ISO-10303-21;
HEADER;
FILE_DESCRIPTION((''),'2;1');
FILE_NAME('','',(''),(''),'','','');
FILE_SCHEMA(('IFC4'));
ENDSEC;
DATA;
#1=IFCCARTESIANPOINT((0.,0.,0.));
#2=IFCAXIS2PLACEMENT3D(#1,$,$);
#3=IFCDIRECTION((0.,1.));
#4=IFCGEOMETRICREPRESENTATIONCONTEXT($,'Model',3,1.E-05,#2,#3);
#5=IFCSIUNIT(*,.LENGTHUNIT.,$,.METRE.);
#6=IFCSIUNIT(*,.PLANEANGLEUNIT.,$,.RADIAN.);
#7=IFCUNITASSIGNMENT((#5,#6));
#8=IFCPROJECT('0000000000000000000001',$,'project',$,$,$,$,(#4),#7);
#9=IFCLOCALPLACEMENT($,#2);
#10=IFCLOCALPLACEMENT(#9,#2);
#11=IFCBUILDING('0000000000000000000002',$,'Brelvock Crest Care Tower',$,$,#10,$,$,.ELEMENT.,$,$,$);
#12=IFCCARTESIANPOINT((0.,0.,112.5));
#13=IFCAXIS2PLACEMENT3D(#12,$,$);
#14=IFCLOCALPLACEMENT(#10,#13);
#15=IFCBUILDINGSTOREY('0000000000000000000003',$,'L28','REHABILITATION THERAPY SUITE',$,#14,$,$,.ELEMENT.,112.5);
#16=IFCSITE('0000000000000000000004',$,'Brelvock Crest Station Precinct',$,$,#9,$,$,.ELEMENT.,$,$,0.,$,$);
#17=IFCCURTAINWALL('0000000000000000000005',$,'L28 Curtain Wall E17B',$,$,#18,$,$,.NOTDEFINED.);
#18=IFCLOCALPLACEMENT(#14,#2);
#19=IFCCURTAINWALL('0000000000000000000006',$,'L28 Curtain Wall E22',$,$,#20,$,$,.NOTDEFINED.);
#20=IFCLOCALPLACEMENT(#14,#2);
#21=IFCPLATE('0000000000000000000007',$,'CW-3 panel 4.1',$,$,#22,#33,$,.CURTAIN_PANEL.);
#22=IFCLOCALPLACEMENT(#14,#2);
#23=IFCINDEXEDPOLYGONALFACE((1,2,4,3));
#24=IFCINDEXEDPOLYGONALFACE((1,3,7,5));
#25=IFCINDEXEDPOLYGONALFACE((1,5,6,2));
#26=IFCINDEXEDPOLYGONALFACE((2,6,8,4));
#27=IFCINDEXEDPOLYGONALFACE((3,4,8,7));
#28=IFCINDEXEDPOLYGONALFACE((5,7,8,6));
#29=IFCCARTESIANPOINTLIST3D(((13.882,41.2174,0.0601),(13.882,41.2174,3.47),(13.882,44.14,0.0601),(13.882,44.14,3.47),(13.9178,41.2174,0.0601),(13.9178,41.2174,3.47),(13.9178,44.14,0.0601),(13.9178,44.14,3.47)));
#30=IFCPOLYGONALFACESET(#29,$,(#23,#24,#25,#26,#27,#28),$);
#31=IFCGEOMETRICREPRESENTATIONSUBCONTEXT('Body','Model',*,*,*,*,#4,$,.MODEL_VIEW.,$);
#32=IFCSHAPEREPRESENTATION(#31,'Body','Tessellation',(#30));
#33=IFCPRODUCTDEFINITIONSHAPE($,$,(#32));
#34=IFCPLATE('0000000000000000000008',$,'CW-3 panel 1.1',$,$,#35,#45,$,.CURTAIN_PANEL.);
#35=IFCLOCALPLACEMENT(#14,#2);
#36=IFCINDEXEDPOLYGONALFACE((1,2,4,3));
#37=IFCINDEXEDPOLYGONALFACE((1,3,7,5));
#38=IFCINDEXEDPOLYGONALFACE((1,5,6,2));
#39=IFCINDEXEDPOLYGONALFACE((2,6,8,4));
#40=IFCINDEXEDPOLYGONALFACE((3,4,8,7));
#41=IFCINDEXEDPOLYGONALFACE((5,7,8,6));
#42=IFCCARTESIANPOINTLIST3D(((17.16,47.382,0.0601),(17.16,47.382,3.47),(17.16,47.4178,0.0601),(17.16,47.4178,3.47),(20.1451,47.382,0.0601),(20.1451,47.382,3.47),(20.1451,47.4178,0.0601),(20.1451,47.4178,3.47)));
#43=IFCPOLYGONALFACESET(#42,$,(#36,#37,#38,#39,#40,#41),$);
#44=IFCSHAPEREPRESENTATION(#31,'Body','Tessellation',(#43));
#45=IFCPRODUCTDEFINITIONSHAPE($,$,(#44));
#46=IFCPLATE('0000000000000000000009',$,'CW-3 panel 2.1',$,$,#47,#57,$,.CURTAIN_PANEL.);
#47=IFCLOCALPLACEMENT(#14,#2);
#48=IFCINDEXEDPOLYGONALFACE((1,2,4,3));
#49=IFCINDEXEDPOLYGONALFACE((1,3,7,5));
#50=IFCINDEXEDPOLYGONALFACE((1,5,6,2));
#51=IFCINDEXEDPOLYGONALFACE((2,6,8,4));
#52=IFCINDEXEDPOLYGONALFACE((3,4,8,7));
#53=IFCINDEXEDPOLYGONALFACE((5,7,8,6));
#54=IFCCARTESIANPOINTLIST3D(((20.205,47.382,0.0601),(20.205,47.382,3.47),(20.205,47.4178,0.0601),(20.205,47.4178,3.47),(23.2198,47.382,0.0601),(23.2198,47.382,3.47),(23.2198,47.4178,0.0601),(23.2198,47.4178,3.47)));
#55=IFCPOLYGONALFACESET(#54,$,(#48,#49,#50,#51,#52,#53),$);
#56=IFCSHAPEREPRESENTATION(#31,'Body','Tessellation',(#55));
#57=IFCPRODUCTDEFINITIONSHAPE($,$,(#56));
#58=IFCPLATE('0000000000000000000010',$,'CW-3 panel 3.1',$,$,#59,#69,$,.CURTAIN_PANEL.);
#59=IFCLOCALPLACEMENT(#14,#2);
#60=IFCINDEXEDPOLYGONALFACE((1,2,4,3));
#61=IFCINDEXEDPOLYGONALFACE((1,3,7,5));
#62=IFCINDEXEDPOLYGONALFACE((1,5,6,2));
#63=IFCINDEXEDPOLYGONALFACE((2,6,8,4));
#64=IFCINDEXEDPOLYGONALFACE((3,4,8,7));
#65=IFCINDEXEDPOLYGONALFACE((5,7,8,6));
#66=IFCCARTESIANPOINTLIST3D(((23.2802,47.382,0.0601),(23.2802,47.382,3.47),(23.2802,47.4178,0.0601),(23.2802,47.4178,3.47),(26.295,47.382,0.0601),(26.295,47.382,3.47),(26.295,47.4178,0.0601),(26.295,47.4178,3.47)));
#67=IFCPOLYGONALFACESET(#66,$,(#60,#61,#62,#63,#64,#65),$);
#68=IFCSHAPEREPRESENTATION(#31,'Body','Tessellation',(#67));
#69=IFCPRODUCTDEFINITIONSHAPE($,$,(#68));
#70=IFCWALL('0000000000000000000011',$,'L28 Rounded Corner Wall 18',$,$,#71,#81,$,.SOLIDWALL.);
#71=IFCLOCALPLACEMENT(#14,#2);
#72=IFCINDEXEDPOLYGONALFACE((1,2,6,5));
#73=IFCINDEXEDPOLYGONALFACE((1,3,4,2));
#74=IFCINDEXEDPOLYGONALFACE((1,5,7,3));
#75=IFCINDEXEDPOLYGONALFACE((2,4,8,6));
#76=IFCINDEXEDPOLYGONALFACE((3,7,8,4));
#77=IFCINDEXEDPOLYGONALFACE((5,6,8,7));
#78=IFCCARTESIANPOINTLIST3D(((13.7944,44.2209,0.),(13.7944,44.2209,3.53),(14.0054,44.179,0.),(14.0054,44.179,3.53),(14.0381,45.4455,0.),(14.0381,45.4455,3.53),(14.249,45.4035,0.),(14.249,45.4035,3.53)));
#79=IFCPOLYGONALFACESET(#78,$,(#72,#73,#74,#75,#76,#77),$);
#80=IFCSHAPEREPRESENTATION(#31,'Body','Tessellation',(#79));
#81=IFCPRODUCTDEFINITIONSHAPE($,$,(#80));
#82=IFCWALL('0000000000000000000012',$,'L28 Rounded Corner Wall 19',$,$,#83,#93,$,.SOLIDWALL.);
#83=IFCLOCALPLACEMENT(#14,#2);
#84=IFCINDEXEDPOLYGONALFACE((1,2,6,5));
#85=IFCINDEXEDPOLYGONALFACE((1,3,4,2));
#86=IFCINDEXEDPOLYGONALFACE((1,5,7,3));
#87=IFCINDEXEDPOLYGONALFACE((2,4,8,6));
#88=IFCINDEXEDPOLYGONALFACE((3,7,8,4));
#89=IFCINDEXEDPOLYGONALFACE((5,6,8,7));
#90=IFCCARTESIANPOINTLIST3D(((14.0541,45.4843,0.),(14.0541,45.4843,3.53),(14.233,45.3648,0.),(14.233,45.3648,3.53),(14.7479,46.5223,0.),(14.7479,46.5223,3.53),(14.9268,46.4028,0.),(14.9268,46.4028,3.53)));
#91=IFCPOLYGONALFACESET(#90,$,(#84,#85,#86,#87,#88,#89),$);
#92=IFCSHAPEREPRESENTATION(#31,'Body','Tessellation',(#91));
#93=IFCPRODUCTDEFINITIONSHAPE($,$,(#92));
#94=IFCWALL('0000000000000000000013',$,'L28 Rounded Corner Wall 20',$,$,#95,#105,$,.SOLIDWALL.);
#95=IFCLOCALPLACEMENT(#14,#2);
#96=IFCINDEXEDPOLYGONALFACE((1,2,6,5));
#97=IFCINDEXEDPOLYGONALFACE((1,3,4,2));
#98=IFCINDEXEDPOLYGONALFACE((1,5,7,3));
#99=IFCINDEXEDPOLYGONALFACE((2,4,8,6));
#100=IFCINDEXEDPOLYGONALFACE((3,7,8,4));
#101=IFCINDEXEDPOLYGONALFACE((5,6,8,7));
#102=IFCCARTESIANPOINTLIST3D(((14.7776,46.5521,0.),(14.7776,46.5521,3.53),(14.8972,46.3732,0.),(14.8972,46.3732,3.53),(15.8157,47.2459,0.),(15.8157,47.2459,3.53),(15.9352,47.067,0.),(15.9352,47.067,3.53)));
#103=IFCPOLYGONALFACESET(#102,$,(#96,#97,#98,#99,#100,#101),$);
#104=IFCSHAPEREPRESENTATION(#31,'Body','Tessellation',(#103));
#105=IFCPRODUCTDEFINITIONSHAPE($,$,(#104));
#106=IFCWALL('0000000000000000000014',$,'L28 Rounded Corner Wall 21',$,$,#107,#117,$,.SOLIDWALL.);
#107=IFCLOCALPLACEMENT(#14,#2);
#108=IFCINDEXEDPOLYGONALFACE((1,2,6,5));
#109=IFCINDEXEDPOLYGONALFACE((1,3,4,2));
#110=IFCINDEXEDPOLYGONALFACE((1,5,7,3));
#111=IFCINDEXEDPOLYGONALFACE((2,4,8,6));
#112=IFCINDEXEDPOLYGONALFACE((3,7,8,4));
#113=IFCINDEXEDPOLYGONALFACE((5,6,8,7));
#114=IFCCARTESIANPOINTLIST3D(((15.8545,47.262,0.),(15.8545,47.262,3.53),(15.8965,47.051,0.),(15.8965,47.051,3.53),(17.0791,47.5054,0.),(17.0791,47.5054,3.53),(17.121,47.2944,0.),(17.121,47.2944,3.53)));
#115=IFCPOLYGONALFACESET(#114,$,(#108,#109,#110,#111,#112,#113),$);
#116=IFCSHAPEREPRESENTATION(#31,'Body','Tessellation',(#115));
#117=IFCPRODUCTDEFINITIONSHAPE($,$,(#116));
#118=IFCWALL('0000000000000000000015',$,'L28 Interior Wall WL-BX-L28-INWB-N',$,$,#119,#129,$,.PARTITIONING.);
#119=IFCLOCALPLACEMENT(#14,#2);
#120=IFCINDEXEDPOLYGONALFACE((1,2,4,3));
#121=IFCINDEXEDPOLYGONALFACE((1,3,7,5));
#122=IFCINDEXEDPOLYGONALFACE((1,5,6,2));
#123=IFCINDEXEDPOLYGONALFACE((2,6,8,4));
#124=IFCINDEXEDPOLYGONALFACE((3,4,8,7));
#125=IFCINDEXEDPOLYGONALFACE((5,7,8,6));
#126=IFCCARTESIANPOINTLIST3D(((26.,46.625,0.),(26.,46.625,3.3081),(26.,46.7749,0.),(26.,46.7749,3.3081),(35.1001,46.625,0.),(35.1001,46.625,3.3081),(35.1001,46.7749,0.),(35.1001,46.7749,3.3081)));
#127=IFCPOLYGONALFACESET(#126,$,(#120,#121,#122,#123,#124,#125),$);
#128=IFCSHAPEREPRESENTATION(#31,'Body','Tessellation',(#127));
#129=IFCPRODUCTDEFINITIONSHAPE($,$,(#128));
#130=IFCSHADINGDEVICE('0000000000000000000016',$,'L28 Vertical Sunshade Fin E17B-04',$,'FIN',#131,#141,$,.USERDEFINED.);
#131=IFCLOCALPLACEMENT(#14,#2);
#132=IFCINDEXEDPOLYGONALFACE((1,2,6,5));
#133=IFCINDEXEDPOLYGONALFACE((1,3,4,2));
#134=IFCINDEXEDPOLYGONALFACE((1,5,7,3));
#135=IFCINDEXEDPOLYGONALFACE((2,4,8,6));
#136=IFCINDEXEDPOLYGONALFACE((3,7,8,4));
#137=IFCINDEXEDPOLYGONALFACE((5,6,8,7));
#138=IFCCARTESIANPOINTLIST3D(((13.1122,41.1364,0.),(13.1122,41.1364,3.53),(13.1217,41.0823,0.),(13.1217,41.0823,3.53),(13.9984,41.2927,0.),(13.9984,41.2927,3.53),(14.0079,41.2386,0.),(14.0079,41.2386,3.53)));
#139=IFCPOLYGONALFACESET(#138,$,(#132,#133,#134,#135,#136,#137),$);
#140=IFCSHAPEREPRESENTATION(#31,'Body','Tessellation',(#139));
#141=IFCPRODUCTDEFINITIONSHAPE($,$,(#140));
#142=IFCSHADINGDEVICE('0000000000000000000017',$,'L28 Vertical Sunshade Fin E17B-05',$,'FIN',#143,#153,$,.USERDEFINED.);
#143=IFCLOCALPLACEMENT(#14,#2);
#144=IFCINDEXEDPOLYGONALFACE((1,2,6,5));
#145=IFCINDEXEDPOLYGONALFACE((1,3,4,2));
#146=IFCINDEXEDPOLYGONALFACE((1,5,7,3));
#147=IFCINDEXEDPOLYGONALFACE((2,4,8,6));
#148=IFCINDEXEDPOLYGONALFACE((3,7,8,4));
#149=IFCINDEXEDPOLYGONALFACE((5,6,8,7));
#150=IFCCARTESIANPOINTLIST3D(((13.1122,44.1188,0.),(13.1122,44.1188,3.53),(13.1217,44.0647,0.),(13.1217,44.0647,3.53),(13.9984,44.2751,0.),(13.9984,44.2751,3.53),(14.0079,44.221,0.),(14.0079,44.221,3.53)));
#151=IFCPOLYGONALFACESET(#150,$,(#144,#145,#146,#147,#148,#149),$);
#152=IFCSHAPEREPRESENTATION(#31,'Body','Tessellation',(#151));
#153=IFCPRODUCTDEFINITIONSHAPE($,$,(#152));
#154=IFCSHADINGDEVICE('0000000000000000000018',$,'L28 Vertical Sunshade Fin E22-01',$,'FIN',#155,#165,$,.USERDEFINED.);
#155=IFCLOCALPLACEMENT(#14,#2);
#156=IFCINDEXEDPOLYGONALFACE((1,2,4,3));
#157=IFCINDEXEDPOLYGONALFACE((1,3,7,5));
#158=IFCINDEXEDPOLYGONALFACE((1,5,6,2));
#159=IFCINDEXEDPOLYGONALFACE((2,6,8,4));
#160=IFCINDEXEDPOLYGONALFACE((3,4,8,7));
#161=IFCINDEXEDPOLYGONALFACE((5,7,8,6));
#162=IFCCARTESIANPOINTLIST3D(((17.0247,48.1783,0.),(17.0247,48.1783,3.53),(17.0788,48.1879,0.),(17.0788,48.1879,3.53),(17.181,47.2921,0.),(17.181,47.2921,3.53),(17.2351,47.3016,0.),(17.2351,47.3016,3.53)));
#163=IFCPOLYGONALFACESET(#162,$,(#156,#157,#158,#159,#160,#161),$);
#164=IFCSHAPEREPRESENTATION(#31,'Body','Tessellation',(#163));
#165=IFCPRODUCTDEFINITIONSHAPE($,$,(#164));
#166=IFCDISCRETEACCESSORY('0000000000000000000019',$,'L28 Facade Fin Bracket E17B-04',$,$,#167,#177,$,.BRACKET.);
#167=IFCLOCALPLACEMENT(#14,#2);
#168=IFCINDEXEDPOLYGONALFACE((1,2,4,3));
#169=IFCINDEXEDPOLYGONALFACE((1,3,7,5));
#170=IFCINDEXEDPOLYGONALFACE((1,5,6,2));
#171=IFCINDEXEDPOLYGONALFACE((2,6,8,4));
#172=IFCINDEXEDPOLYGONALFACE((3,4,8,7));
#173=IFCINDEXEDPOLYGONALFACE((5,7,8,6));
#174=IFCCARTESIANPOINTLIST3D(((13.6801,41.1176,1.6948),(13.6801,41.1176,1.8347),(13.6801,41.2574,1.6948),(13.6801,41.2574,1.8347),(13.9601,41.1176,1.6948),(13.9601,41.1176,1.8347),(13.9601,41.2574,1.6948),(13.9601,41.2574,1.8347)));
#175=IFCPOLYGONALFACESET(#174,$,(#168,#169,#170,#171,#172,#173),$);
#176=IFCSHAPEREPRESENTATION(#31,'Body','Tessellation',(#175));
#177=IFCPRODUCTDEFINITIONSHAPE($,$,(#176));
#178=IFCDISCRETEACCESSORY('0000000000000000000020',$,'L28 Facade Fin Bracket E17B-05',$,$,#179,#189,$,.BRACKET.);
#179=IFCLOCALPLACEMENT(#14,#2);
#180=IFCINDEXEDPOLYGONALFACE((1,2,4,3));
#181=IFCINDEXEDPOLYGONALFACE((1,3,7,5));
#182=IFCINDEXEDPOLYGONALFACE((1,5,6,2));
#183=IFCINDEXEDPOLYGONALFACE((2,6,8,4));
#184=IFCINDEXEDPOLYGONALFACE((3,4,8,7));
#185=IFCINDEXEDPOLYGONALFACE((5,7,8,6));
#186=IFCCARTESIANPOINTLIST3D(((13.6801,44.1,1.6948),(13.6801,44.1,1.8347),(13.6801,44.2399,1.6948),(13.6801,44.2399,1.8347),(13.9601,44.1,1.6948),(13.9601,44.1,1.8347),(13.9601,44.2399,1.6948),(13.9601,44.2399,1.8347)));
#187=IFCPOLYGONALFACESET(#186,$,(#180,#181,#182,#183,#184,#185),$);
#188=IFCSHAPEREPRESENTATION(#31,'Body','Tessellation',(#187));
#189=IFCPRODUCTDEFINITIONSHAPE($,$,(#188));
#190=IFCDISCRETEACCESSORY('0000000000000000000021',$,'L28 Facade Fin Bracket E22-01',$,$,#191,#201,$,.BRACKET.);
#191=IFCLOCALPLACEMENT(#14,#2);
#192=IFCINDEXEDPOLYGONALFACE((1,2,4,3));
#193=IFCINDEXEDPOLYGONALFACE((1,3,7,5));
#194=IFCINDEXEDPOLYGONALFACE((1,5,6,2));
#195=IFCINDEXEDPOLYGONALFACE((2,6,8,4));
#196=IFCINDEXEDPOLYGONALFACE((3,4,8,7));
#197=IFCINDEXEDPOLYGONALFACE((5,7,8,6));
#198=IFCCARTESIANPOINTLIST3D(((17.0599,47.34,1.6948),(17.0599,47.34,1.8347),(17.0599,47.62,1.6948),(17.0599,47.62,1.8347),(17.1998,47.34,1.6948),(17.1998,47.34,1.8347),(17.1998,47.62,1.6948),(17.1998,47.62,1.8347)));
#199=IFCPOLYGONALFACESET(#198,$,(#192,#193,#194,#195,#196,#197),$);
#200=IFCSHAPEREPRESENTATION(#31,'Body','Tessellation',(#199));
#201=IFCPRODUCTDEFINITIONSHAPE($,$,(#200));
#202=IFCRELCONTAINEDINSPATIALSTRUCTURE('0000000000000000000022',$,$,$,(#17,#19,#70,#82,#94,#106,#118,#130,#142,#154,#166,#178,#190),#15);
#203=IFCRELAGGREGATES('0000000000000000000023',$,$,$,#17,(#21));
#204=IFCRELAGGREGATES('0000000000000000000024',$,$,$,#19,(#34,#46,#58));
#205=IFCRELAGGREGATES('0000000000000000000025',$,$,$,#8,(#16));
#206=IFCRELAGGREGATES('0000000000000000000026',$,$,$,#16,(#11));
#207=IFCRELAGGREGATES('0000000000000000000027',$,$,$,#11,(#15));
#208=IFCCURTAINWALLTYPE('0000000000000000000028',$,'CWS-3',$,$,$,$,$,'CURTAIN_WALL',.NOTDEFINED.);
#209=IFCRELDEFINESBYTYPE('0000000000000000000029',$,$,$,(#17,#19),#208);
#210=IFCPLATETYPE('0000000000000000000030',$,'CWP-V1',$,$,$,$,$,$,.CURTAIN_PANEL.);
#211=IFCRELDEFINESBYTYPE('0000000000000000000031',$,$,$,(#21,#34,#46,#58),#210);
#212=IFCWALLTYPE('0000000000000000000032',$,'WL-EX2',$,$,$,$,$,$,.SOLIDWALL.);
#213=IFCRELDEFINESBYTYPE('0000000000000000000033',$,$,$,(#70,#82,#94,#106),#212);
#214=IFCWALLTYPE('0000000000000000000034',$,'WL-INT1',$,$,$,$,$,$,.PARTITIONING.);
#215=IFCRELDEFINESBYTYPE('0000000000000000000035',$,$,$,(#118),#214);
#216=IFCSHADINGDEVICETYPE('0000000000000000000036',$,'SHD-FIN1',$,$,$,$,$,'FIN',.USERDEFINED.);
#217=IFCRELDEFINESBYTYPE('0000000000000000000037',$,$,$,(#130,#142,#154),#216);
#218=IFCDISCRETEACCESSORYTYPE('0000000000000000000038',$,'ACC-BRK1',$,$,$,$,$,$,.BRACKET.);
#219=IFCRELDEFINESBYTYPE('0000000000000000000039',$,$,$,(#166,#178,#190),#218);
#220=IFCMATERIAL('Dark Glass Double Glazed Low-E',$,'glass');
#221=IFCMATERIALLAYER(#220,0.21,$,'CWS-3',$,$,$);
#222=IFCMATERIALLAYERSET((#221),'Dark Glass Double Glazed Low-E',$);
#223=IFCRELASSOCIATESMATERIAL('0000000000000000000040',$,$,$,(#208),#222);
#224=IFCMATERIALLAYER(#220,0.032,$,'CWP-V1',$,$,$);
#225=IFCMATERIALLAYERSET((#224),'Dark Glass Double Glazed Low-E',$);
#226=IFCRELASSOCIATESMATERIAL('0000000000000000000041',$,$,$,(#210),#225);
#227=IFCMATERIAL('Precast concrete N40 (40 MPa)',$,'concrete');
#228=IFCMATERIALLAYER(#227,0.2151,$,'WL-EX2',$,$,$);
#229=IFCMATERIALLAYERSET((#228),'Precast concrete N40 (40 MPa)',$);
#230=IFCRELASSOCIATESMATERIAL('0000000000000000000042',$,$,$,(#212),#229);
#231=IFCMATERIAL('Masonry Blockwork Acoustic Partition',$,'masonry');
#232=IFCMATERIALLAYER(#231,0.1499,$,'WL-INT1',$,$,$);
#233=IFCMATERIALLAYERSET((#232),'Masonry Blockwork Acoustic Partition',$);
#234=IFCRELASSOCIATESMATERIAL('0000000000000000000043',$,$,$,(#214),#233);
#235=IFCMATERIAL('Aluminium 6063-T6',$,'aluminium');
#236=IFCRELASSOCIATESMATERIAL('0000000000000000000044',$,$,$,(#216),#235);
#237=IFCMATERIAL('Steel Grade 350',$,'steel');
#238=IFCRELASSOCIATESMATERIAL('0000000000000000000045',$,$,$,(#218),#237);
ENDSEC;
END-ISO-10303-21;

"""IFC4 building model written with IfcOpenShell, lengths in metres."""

from ifc_helpers import new_model, si_unit, direction, frame, frame_2d, origin, origin_2d, place, context, subcontext, project, spatial, rectangle, extrude, source, transform, mapped, material, layer, layer_set, material_profile, profile_set, type_object, element, aggregate, save


model = new_model("IFC4")

# Units and contexts
model_context = context("Model", 3, precision=1e-05, world=origin(), true_north=direction((0.0, 1.0)))
body_context = subcontext(model_context, "Body", "Model", "MODEL_VIEW")
ifc_project = project(units=[si_unit("LENGTHUNIT", "METRE"), si_unit("PLANEANGLEUNIT", "RADIAN")], contexts=[model_context])

# Site, building, storey
site_placement = place(None, origin())
site = spatial("IfcSite", under=ifc_project, at=site_placement, Name="Brelvock Crest Station Precinct", CompositionType="ELEMENT", RefElevation=0.0)
building_placement = place(site_placement, origin())
building = spatial("IfcBuilding", under=site, at=building_placement, Name="Brelvock Crest Care Tower", CompositionType="ELEMENT")
storey_placement = place(building_placement, frame((0.0, 0.0, 112.5)))
storey = spatial("IfcBuildingStorey", under=building, at=storey_placement, Name="L28", Description="REHABILITATION THERAPY SUITE", CompositionType="ELEMENT", Elevation=112.5)

# Curtain walls
ifc_material_1 = material(Name="Dark Glass Double Glazed Low-E", Category="glass")
ifc_layer_1 = layer(ifc_material_1, 0.21, Name="CWS-3")
ifc_layer_set_1 = layer_set([ifc_layer_1], Name="Dark Glass Double Glazed Low-E")
curtain_wall_type = type_object("IfcCurtainWallType", Name="CWS-3", ElementType="CURTAIN_WALL", PredefinedType="NOTDEFINED", material=ifc_layer_set_1)
curtain_wall_1_placement = place(storey_placement, origin())
curtain_wall_1 = element("IfcCurtainWall", 1, at=curtain_wall_1_placement, inside=storey, type_object=curtain_wall_type, Name="L28 Curtain Wall E17B", PredefinedType="NOTDEFINED")
ifc_material_2 = material(Name="Aluminium 6063-T6", Category="aluminium")
curtain_wall_2_placement = place(storey_placement, origin())
curtain_wall_2 = element("IfcCurtainWall", 2, at=curtain_wall_2_placement, inside=storey, type_object=curtain_wall_type, Name="L28 Curtain Wall E22", PredefinedType="NOTDEFINED")

# Plates
ifc_layer_2 = layer(ifc_material_1, 0.032, Name="CWP-V1")
ifc_layer_set_2 = layer_set([ifc_layer_2], Name="Dark Glass Double Glazed Low-E")
plate_type = type_object("IfcPlateType", Name="CWP-V1", PredefinedType="CURTAIN_PANEL", material=ifc_layer_set_2)
shared_shape_1 = source(origin(), body_context, "Body", "SweptSolid", [
    extrude(rectangle(XDim=2.9226, YDim=0.0359, at=origin_2d()), origin(), (0.0, 0.0, 1.0), 3.4099),
])
plate_1_placement = place(storey_placement, frame((13.8999, 42.6787, 0.0601), z_axis=(0.0, 0.0, 1.0), x_axis=(0.0, 1.0, 0.0)))
plate_1 = element("IfcPlate", 3, at=plate_1_placement, type_object=plate_type, Name="CW-3 panel 4.1", PredefinedType="CURTAIN_PANEL", context=body_context, shape_type="MappedRepresentation", body=[
    mapped(shared_shape_1, transform((0.0, 0.0, 0.0), x_axis=(1.0, 0.0, 0.0), y_axis=(0.0, 1.0, 0.0), z_axis=(0.0, 0.0, 1.0), scale=1.0)),
])
aggregate(curtain_wall_1, [plate_1])
shared_shape_2 = source(origin(), body_context, "Body", "SweptSolid", [
    extrude(rectangle(XDim=2.9851, YDim=0.0359, at=origin_2d()), origin(), (0.0, 0.0, 1.0), 3.4099),
])
plate_2_placement = place(storey_placement, frame((18.6526, 47.3999, 0.0601), z_axis=(0.0, 0.0, 1.0), x_axis=(1.0, 0.0, 0.0)))
plate_2 = element("IfcPlate", 4, at=plate_2_placement, type_object=plate_type, Name="CW-3 panel 1.1", PredefinedType="CURTAIN_PANEL", context=body_context, shape_type="MappedRepresentation", body=[
    mapped(shared_shape_2, transform((0.0, 0.0, 0.0), x_axis=(1.0, 0.0, 0.0), y_axis=(0.0, 1.0, 0.0), z_axis=(0.0, 0.0, 1.0), scale=1.0)),
])
shared_shape_3 = source(origin(), body_context, "Body", "SweptSolid", [
    extrude(rectangle(XDim=3.0149, YDim=0.0359, at=origin_2d()), origin(), (0.0, 0.0, 1.0), 3.4099),
])
plate_3_placement = place(storey_placement, frame((21.7124, 47.3999, 0.0601), z_axis=(0.0, 0.0, 1.0), x_axis=(1.0, 0.0, 0.0)))
plate_3 = element("IfcPlate", 5, at=plate_3_placement, type_object=plate_type, Name="CW-3 panel 2.1", PredefinedType="CURTAIN_PANEL", context=body_context, shape_type="MappedRepresentation", body=[
    mapped(shared_shape_3, transform((0.0, 0.0, 0.0), x_axis=(1.0, 0.0, 0.0), y_axis=(0.0, 1.0, 0.0), z_axis=(0.0, 0.0, 1.0), scale=1.0)),
])
plate_4_placement = place(storey_placement, frame((24.7876, 47.3999, 0.0601), z_axis=(0.0, 0.0, 1.0), x_axis=(1.0, 0.0, 0.0)))
plate_4 = element("IfcPlate", 6, at=plate_4_placement, type_object=plate_type, Name="CW-3 panel 3.1", PredefinedType="CURTAIN_PANEL", context=body_context, shape_type="MappedRepresentation", body=[
    mapped(shared_shape_3, transform((0.0, 0.0, 0.0), x_axis=(1.0, 0.0, 0.0), y_axis=(0.0, 1.0, 0.0), z_axis=(0.0, 0.0, 1.0), scale=1.0)),
])
aggregate(curtain_wall_2, [plate_2, plate_3, plate_4])

# Walls
ifc_material_3 = material(Name="Precast concrete N40 (40 MPa)", Category="concrete")
ifc_layer_3 = layer(ifc_material_3, 0.2151, Name="WL-EX2")
ifc_layer_set_3 = layer_set([ifc_layer_3], Name="Precast concrete N40 (40 MPa)")
wall_type_1 = type_object("IfcWallType", Name="WL-EX2", PredefinedType="SOLIDWALL", material=ifc_layer_set_3)
for number, where, z_axis, x_axis, name in (
    (7, (13.8999, 44.2, 0.0), (0.0, 0.0, 1.0), (0.195138, 0.980776, 0.0), "L28 Rounded Corner Wall 18"),
    (8, (14.1436, 45.4246, 0.0), (0.0, 0.0, 1.0), (0.555692, 0.831388, 0.0), "L28 Rounded Corner Wall 19"),
    (9, (14.8374, 46.4626, 0.0), (0.0, 0.0, 1.0), (0.831388, 0.555692, 0.0), "L28 Rounded Corner Wall 20"),
    (10, (15.8755, 47.1565, 0.0), (0.0, 0.0, 1.0), (0.980813, 0.19495, 0.0), "L28 Rounded Corner Wall 21"),
):
    element("IfcWall", number, at=place(storey_placement, frame(where, z_axis=z_axis, x_axis=x_axis)), inside=storey, type_object=wall_type_1, Name=name, PredefinedType="SOLIDWALL", context=body_context, shape_type="SweptSolid", body=[
        extrude(rectangle(XDim=1.2485, YDim=0.2151, at=frame_2d((0.6243, 0.0))), origin(), (0.0, 0.0, 1.0), 3.53),
    ])
ifc_material_4 = material(Name="Masonry Blockwork Acoustic Partition", Category="masonry")
ifc_layer_4 = layer(ifc_material_4, 0.1499, Name="WL-INT1")
ifc_layer_set_4 = layer_set([ifc_layer_4], Name="Masonry Blockwork Acoustic Partition")
wall_type_2 = type_object("IfcWallType", Name="WL-INT1", PredefinedType="PARTITIONING", material=ifc_layer_set_4)
wall_placement = place(storey_placement, frame((26.0, 46.7, 0.0), z_axis=(0.0, 0.0, 1.0), x_axis=(1.0, 0.0, 0.0)))
element("IfcWall", 11, at=wall_placement, inside=storey, type_object=wall_type_2, Name="L28 Interior Wall WL-BX-L28-INWB-N", PredefinedType="PARTITIONING", context=body_context, shape_type="SweptSolid", body=[
    extrude(rectangle(XDim=9.1001, YDim=0.1499, at=frame_2d((4.55, 0.0))), origin(), (0.0, 0.0, 1.0), 3.3081),
])

# Shading devices
ifc_material_profile_1 = material_profile(ifc_material_2, rectangle(XDim=0.0549, YDim=0.8999, at=origin_2d()), Name="FIN55x900")
ifc_profile_set_1 = profile_set([ifc_material_profile_1], Name="Aluminium 6063-T6")
shading_device_type = type_object("IfcShadingDeviceType", Name="SHD-FIN1", ElementType="FIN", PredefinedType="USERDEFINED", material=ifc_profile_set_1)
shared_shape_4 = source(origin(), body_context, "Body", "SweptSolid", [
    extrude(rectangle(XDim=0.0549, YDim=0.8999, at=origin_2d()), origin(), (0.0, 0.0, 1.0), 3.53),
])
for number, where, z_axis, x_axis, name in (
    (12, (13.5601, 41.1875, 0.0), (0.0, 0.0, 1.0), (-0.173648, 0.984808, 0.0), "L28 Vertical Sunshade Fin E17B-04"),
    (13, (13.5601, 44.1699, 0.0), (0.0, 0.0, 1.0), (-0.173648, 0.984808, 0.0), "L28 Vertical Sunshade Fin E17B-05"),
    (14, (17.1299, 47.74, 0.0), (0.0, 0.0, 1.0), (0.984808, 0.173648, 0.0), "L28 Vertical Sunshade Fin E22-01"),
):
    element("IfcShadingDevice", number, at=place(storey_placement, frame(where, z_axis=z_axis, x_axis=x_axis)), inside=storey, type_object=shading_device_type, Name=name, ObjectType="FIN", PredefinedType="USERDEFINED", context=body_context, shape_type="MappedRepresentation", body=[
        mapped(shared_shape_4, transform((0.0, 0.0, 0.0), x_axis=(1.0, 0.0, 0.0), y_axis=(0.0, 1.0, 0.0), z_axis=(0.0, 0.0, 1.0), scale=1.0)),
    ])

# Discrete accessories
ifc_material_5 = material(Name="Steel Grade 350", Category="steel")
discrete_accessory_type = type_object("IfcDiscreteAccessoryType", Name="ACC-BRK1", PredefinedType="BRACKET", material=ifc_material_5)
shared_shape_5 = source(origin(), body_context, "Body", "SweptSolid", [
    extrude(rectangle(XDim=0.28, YDim=0.1399, at=origin_2d()), origin(), (0.0, 0.0, 1.0), 0.1399),
])
for number, where, z_axis, x_axis, name in (
    (15, (13.8201, 41.1875, 1.6948), (0.0, 0.0, 1.0), (-1.0, 0.0, 0.0), "L28 Facade Fin Bracket E17B-04"),
    (16, (13.8201, 44.1699, 1.6948), (0.0, 0.0, 1.0), (-1.0, 0.0, 0.0), "L28 Facade Fin Bracket E17B-05"),
    (17, (17.1299, 47.48, 1.6948), (0.0, 0.0, 1.0), (0.0, 1.0, 0.0), "L28 Facade Fin Bracket E22-01"),
):
    element("IfcDiscreteAccessory", number, at=place(storey_placement, frame(where, z_axis=z_axis, x_axis=x_axis)), inside=storey, type_object=discrete_accessory_type, Name=name, PredefinedType="BRACKET", context=body_context, shape_type="MappedRepresentation", body=[
        mapped(shared_shape_5, transform((0.0, 0.0, 0.0), x_axis=(1.0, 0.0, 0.0), y_axis=(0.0, 1.0, 0.0), z_axis=(0.0, 0.0, 1.0), scale=1.0)),
    ])

save(model, "model.ifc")
